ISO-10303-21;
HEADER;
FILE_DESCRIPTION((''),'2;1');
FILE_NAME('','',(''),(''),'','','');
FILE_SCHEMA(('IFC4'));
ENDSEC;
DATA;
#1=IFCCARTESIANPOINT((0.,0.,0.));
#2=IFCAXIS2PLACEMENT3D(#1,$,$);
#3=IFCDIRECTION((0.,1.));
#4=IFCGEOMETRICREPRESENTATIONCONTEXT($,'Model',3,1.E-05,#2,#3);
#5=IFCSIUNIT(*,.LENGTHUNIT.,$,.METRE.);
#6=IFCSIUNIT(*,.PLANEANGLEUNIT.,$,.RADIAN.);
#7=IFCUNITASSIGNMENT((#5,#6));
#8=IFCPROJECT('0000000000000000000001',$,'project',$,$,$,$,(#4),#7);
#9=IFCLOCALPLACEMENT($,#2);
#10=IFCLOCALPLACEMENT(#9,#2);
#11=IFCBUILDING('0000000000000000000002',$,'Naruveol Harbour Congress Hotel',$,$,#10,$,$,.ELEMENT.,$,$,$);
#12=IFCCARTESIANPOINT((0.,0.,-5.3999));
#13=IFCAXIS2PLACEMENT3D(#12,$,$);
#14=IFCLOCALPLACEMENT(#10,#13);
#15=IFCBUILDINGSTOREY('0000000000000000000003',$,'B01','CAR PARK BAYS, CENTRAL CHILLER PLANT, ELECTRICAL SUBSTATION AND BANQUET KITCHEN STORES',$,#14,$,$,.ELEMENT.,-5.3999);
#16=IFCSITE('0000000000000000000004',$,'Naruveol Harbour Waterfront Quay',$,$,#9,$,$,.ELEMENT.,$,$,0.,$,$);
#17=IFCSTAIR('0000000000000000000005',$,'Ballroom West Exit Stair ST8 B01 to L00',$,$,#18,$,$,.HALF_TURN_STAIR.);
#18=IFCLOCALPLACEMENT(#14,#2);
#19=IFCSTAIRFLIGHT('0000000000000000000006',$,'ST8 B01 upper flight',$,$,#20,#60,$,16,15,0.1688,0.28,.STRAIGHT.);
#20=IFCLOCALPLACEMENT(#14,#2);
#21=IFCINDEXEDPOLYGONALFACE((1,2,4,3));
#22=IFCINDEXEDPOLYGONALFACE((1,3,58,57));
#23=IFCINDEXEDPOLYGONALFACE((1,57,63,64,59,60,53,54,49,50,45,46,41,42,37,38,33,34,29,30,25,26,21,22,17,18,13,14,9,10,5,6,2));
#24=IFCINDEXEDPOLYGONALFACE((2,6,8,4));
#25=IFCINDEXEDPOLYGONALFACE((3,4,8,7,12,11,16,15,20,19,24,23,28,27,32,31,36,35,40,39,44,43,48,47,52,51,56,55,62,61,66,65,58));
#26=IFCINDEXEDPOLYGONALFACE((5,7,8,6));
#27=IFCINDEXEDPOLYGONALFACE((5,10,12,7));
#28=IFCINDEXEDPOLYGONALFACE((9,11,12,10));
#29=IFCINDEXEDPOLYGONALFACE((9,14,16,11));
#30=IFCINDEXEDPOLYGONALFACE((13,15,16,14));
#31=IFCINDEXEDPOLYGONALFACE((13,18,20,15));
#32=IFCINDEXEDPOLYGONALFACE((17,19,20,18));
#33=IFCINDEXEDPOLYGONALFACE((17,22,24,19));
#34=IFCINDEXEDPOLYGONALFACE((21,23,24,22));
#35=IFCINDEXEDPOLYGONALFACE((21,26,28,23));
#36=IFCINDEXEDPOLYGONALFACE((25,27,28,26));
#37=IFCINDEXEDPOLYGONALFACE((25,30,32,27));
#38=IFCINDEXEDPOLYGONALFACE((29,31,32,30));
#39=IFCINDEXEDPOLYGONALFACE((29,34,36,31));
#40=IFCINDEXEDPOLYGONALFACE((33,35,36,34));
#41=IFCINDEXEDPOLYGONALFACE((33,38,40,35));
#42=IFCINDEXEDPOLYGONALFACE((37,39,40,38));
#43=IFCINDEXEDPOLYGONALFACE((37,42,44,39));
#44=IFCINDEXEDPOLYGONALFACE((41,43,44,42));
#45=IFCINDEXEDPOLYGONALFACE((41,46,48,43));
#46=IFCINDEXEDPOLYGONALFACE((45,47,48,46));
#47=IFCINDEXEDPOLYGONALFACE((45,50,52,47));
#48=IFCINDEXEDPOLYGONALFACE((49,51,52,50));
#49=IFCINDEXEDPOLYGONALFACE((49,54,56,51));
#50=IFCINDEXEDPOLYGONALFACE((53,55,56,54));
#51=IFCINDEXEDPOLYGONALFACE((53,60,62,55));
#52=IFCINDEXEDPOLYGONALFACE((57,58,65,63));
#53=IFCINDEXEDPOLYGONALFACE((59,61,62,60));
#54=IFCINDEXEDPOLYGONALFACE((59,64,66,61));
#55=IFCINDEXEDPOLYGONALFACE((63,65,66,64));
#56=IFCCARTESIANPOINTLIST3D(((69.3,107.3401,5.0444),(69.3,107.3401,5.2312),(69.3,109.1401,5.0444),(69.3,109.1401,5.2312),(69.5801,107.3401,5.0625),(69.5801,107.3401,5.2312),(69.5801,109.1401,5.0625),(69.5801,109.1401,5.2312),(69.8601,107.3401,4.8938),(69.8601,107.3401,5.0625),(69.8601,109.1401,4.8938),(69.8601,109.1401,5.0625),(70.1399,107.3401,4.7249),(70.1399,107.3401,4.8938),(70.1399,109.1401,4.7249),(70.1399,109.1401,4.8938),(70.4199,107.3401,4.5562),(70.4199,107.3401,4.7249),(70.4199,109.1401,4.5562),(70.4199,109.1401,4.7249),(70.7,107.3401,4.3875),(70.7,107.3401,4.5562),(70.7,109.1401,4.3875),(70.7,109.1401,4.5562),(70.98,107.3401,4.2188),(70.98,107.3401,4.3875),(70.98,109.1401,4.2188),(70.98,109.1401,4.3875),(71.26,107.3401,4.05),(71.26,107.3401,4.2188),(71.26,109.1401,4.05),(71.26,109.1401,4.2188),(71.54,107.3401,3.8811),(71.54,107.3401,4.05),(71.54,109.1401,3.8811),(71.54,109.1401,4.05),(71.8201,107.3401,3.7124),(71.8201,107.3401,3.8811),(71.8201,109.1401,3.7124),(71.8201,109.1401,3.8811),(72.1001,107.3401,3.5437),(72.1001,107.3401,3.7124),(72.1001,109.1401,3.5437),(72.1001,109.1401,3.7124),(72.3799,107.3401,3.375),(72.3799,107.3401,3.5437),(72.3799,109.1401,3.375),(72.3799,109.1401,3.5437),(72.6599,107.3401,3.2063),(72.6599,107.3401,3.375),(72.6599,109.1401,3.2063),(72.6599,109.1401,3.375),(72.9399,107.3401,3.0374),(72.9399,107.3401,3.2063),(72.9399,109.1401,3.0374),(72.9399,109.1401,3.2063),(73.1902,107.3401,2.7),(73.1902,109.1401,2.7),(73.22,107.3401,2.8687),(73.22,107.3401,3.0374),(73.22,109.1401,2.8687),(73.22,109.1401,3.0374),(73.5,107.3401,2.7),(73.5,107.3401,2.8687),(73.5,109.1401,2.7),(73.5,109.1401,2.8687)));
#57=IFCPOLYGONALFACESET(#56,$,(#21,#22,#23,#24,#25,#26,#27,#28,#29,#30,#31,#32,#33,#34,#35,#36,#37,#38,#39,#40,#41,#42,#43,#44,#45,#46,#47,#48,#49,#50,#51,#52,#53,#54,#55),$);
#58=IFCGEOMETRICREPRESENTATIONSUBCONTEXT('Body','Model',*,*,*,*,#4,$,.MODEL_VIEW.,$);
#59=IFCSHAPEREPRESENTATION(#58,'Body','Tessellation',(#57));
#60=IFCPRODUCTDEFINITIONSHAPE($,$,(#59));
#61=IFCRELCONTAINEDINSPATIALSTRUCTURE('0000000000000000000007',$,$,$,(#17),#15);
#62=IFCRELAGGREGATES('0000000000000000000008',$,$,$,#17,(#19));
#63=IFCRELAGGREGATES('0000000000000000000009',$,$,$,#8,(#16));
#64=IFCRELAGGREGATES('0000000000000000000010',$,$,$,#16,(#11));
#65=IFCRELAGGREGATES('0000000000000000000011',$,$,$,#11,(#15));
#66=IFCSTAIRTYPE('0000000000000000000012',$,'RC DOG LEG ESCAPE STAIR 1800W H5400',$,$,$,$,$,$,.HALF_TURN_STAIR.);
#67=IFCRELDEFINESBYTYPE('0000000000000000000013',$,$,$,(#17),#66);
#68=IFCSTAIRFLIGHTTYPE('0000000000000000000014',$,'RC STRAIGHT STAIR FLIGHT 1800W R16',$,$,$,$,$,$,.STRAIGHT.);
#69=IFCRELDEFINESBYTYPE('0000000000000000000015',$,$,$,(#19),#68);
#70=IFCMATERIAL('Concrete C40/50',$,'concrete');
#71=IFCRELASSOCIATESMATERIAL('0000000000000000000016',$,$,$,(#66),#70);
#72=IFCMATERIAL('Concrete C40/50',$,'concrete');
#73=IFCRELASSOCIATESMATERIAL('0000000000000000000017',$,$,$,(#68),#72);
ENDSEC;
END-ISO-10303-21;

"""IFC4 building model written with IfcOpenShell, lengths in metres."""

from ifc_helpers import new_model, si_unit, direction, frame, origin, place, context, subcontext, project, spatial, polyline, outline, extrude, material, type_object, element, aggregate, save


model = new_model("IFC4")

# Units and contexts
model_context = context("Model", 3, precision=1e-05, world=origin(), true_north=direction((0.0, 1.0)))
body_context = subcontext(model_context, "Body", "Model", "MODEL_VIEW")
ifc_project = project(units=[si_unit("LENGTHUNIT", "METRE"), si_unit("PLANEANGLEUNIT", "RADIAN")], contexts=[model_context])

# Site, building, storey
site_placement = place(None, origin())
site = spatial("IfcSite", under=ifc_project, at=site_placement, Name="Naruveol Harbour Waterfront Quay", CompositionType="ELEMENT", RefElevation=0.0)
building_placement = place(site_placement, origin())
building = spatial("IfcBuilding", under=site, at=building_placement, Name="Naruveol Harbour Congress Hotel", CompositionType="ELEMENT")
storey_placement = place(building_placement, frame((0.0, 0.0, -5.3999)))
storey = spatial("IfcBuildingStorey", under=building, at=storey_placement, Name="B01", Description="CAR PARK BAYS, CENTRAL CHILLER PLANT, ELECTRICAL SUBSTATION AND BANQUET KITCHEN STORES", CompositionType="ELEMENT", Elevation=-5.3999)

# Stair, stair flight
ifc_material_1 = material(Name="Concrete C40/50", Category="concrete")
stair_type = type_object("IfcStairType", Name="RC DOG LEG ESCAPE STAIR 1800W H5400", PredefinedType="HALF_TURN_STAIR", material=ifc_material_1)
stair_placement = place(storey_placement, origin())
stair = element("IfcStair", 1, at=stair_placement, inside=storey, type_object=stair_type, Name="Ballroom West Exit Stair ST8 B01 to L00", PredefinedType="HALF_TURN_STAIR")
ifc_material_2 = material(Name="Concrete C40/50", Category="concrete")
stair_flight_type = type_object("IfcStairFlightType", Name="RC STRAIGHT STAIR FLIGHT 1800W R16", PredefinedType="STRAIGHT", material=ifc_material_2)
stair_flight_placement = place(storey_placement, frame((73.5, 108.24, 2.7), z_axis=(0.0, 0.0, 1.0), x_axis=(-1.0, 0.0, 0.0)))
stair_flight = element("IfcStairFlight", 2, at=stair_flight_placement, type_object=stair_flight_type, Name="ST8 B01 upper flight", NumberOfRisers=16, NumberOfTreads=15, PredefinedType="STRAIGHT", RiserHeight=0.1688, TreadLength=0.28, context=body_context, shape_type="SweptSolid", body=[
    extrude(outline(polyline([(0.0, 0.0), (0.0, 0.1687), (0.28, 0.1687), (0.28, 0.3374), (0.5601, 0.3374), (0.5601, 0.5063), (0.8401, 0.5063), (0.8401, 0.675), (1.1201, 0.675), (1.1201, 0.8438), (1.3999, 0.8438), (1.3999, 1.0125), (1.6799, 1.0125), (1.6799, 1.1812), (1.96, 1.1812), (1.96, 1.3501), (2.24, 1.3501), (2.24, 1.5188), (2.52, 1.5188), (2.52, 1.6875), (2.8, 1.6875), (2.8, 1.8562), (3.0801, 1.8562), (3.0801, 2.0249), (3.3601, 2.0249), (3.3601, 2.1938), (3.6399, 2.1938), (3.6399, 2.3625), (3.9199, 2.3625), (3.9199, 2.5312), (4.2, 2.5312), (4.2, 2.7), (4.2, 2.3445), (0.3098, 0.0), (0.0, 0.0)])), frame((0.0, 0.8999, 0.0), z_axis=(0.0, -1.0, 0.0), x_axis=(1.0, 0.0, 0.0)), (0.0, 0.0, 1.0), 1.8),
])
aggregate(stair, [stair_flight])

save(model, "model.ifc")
